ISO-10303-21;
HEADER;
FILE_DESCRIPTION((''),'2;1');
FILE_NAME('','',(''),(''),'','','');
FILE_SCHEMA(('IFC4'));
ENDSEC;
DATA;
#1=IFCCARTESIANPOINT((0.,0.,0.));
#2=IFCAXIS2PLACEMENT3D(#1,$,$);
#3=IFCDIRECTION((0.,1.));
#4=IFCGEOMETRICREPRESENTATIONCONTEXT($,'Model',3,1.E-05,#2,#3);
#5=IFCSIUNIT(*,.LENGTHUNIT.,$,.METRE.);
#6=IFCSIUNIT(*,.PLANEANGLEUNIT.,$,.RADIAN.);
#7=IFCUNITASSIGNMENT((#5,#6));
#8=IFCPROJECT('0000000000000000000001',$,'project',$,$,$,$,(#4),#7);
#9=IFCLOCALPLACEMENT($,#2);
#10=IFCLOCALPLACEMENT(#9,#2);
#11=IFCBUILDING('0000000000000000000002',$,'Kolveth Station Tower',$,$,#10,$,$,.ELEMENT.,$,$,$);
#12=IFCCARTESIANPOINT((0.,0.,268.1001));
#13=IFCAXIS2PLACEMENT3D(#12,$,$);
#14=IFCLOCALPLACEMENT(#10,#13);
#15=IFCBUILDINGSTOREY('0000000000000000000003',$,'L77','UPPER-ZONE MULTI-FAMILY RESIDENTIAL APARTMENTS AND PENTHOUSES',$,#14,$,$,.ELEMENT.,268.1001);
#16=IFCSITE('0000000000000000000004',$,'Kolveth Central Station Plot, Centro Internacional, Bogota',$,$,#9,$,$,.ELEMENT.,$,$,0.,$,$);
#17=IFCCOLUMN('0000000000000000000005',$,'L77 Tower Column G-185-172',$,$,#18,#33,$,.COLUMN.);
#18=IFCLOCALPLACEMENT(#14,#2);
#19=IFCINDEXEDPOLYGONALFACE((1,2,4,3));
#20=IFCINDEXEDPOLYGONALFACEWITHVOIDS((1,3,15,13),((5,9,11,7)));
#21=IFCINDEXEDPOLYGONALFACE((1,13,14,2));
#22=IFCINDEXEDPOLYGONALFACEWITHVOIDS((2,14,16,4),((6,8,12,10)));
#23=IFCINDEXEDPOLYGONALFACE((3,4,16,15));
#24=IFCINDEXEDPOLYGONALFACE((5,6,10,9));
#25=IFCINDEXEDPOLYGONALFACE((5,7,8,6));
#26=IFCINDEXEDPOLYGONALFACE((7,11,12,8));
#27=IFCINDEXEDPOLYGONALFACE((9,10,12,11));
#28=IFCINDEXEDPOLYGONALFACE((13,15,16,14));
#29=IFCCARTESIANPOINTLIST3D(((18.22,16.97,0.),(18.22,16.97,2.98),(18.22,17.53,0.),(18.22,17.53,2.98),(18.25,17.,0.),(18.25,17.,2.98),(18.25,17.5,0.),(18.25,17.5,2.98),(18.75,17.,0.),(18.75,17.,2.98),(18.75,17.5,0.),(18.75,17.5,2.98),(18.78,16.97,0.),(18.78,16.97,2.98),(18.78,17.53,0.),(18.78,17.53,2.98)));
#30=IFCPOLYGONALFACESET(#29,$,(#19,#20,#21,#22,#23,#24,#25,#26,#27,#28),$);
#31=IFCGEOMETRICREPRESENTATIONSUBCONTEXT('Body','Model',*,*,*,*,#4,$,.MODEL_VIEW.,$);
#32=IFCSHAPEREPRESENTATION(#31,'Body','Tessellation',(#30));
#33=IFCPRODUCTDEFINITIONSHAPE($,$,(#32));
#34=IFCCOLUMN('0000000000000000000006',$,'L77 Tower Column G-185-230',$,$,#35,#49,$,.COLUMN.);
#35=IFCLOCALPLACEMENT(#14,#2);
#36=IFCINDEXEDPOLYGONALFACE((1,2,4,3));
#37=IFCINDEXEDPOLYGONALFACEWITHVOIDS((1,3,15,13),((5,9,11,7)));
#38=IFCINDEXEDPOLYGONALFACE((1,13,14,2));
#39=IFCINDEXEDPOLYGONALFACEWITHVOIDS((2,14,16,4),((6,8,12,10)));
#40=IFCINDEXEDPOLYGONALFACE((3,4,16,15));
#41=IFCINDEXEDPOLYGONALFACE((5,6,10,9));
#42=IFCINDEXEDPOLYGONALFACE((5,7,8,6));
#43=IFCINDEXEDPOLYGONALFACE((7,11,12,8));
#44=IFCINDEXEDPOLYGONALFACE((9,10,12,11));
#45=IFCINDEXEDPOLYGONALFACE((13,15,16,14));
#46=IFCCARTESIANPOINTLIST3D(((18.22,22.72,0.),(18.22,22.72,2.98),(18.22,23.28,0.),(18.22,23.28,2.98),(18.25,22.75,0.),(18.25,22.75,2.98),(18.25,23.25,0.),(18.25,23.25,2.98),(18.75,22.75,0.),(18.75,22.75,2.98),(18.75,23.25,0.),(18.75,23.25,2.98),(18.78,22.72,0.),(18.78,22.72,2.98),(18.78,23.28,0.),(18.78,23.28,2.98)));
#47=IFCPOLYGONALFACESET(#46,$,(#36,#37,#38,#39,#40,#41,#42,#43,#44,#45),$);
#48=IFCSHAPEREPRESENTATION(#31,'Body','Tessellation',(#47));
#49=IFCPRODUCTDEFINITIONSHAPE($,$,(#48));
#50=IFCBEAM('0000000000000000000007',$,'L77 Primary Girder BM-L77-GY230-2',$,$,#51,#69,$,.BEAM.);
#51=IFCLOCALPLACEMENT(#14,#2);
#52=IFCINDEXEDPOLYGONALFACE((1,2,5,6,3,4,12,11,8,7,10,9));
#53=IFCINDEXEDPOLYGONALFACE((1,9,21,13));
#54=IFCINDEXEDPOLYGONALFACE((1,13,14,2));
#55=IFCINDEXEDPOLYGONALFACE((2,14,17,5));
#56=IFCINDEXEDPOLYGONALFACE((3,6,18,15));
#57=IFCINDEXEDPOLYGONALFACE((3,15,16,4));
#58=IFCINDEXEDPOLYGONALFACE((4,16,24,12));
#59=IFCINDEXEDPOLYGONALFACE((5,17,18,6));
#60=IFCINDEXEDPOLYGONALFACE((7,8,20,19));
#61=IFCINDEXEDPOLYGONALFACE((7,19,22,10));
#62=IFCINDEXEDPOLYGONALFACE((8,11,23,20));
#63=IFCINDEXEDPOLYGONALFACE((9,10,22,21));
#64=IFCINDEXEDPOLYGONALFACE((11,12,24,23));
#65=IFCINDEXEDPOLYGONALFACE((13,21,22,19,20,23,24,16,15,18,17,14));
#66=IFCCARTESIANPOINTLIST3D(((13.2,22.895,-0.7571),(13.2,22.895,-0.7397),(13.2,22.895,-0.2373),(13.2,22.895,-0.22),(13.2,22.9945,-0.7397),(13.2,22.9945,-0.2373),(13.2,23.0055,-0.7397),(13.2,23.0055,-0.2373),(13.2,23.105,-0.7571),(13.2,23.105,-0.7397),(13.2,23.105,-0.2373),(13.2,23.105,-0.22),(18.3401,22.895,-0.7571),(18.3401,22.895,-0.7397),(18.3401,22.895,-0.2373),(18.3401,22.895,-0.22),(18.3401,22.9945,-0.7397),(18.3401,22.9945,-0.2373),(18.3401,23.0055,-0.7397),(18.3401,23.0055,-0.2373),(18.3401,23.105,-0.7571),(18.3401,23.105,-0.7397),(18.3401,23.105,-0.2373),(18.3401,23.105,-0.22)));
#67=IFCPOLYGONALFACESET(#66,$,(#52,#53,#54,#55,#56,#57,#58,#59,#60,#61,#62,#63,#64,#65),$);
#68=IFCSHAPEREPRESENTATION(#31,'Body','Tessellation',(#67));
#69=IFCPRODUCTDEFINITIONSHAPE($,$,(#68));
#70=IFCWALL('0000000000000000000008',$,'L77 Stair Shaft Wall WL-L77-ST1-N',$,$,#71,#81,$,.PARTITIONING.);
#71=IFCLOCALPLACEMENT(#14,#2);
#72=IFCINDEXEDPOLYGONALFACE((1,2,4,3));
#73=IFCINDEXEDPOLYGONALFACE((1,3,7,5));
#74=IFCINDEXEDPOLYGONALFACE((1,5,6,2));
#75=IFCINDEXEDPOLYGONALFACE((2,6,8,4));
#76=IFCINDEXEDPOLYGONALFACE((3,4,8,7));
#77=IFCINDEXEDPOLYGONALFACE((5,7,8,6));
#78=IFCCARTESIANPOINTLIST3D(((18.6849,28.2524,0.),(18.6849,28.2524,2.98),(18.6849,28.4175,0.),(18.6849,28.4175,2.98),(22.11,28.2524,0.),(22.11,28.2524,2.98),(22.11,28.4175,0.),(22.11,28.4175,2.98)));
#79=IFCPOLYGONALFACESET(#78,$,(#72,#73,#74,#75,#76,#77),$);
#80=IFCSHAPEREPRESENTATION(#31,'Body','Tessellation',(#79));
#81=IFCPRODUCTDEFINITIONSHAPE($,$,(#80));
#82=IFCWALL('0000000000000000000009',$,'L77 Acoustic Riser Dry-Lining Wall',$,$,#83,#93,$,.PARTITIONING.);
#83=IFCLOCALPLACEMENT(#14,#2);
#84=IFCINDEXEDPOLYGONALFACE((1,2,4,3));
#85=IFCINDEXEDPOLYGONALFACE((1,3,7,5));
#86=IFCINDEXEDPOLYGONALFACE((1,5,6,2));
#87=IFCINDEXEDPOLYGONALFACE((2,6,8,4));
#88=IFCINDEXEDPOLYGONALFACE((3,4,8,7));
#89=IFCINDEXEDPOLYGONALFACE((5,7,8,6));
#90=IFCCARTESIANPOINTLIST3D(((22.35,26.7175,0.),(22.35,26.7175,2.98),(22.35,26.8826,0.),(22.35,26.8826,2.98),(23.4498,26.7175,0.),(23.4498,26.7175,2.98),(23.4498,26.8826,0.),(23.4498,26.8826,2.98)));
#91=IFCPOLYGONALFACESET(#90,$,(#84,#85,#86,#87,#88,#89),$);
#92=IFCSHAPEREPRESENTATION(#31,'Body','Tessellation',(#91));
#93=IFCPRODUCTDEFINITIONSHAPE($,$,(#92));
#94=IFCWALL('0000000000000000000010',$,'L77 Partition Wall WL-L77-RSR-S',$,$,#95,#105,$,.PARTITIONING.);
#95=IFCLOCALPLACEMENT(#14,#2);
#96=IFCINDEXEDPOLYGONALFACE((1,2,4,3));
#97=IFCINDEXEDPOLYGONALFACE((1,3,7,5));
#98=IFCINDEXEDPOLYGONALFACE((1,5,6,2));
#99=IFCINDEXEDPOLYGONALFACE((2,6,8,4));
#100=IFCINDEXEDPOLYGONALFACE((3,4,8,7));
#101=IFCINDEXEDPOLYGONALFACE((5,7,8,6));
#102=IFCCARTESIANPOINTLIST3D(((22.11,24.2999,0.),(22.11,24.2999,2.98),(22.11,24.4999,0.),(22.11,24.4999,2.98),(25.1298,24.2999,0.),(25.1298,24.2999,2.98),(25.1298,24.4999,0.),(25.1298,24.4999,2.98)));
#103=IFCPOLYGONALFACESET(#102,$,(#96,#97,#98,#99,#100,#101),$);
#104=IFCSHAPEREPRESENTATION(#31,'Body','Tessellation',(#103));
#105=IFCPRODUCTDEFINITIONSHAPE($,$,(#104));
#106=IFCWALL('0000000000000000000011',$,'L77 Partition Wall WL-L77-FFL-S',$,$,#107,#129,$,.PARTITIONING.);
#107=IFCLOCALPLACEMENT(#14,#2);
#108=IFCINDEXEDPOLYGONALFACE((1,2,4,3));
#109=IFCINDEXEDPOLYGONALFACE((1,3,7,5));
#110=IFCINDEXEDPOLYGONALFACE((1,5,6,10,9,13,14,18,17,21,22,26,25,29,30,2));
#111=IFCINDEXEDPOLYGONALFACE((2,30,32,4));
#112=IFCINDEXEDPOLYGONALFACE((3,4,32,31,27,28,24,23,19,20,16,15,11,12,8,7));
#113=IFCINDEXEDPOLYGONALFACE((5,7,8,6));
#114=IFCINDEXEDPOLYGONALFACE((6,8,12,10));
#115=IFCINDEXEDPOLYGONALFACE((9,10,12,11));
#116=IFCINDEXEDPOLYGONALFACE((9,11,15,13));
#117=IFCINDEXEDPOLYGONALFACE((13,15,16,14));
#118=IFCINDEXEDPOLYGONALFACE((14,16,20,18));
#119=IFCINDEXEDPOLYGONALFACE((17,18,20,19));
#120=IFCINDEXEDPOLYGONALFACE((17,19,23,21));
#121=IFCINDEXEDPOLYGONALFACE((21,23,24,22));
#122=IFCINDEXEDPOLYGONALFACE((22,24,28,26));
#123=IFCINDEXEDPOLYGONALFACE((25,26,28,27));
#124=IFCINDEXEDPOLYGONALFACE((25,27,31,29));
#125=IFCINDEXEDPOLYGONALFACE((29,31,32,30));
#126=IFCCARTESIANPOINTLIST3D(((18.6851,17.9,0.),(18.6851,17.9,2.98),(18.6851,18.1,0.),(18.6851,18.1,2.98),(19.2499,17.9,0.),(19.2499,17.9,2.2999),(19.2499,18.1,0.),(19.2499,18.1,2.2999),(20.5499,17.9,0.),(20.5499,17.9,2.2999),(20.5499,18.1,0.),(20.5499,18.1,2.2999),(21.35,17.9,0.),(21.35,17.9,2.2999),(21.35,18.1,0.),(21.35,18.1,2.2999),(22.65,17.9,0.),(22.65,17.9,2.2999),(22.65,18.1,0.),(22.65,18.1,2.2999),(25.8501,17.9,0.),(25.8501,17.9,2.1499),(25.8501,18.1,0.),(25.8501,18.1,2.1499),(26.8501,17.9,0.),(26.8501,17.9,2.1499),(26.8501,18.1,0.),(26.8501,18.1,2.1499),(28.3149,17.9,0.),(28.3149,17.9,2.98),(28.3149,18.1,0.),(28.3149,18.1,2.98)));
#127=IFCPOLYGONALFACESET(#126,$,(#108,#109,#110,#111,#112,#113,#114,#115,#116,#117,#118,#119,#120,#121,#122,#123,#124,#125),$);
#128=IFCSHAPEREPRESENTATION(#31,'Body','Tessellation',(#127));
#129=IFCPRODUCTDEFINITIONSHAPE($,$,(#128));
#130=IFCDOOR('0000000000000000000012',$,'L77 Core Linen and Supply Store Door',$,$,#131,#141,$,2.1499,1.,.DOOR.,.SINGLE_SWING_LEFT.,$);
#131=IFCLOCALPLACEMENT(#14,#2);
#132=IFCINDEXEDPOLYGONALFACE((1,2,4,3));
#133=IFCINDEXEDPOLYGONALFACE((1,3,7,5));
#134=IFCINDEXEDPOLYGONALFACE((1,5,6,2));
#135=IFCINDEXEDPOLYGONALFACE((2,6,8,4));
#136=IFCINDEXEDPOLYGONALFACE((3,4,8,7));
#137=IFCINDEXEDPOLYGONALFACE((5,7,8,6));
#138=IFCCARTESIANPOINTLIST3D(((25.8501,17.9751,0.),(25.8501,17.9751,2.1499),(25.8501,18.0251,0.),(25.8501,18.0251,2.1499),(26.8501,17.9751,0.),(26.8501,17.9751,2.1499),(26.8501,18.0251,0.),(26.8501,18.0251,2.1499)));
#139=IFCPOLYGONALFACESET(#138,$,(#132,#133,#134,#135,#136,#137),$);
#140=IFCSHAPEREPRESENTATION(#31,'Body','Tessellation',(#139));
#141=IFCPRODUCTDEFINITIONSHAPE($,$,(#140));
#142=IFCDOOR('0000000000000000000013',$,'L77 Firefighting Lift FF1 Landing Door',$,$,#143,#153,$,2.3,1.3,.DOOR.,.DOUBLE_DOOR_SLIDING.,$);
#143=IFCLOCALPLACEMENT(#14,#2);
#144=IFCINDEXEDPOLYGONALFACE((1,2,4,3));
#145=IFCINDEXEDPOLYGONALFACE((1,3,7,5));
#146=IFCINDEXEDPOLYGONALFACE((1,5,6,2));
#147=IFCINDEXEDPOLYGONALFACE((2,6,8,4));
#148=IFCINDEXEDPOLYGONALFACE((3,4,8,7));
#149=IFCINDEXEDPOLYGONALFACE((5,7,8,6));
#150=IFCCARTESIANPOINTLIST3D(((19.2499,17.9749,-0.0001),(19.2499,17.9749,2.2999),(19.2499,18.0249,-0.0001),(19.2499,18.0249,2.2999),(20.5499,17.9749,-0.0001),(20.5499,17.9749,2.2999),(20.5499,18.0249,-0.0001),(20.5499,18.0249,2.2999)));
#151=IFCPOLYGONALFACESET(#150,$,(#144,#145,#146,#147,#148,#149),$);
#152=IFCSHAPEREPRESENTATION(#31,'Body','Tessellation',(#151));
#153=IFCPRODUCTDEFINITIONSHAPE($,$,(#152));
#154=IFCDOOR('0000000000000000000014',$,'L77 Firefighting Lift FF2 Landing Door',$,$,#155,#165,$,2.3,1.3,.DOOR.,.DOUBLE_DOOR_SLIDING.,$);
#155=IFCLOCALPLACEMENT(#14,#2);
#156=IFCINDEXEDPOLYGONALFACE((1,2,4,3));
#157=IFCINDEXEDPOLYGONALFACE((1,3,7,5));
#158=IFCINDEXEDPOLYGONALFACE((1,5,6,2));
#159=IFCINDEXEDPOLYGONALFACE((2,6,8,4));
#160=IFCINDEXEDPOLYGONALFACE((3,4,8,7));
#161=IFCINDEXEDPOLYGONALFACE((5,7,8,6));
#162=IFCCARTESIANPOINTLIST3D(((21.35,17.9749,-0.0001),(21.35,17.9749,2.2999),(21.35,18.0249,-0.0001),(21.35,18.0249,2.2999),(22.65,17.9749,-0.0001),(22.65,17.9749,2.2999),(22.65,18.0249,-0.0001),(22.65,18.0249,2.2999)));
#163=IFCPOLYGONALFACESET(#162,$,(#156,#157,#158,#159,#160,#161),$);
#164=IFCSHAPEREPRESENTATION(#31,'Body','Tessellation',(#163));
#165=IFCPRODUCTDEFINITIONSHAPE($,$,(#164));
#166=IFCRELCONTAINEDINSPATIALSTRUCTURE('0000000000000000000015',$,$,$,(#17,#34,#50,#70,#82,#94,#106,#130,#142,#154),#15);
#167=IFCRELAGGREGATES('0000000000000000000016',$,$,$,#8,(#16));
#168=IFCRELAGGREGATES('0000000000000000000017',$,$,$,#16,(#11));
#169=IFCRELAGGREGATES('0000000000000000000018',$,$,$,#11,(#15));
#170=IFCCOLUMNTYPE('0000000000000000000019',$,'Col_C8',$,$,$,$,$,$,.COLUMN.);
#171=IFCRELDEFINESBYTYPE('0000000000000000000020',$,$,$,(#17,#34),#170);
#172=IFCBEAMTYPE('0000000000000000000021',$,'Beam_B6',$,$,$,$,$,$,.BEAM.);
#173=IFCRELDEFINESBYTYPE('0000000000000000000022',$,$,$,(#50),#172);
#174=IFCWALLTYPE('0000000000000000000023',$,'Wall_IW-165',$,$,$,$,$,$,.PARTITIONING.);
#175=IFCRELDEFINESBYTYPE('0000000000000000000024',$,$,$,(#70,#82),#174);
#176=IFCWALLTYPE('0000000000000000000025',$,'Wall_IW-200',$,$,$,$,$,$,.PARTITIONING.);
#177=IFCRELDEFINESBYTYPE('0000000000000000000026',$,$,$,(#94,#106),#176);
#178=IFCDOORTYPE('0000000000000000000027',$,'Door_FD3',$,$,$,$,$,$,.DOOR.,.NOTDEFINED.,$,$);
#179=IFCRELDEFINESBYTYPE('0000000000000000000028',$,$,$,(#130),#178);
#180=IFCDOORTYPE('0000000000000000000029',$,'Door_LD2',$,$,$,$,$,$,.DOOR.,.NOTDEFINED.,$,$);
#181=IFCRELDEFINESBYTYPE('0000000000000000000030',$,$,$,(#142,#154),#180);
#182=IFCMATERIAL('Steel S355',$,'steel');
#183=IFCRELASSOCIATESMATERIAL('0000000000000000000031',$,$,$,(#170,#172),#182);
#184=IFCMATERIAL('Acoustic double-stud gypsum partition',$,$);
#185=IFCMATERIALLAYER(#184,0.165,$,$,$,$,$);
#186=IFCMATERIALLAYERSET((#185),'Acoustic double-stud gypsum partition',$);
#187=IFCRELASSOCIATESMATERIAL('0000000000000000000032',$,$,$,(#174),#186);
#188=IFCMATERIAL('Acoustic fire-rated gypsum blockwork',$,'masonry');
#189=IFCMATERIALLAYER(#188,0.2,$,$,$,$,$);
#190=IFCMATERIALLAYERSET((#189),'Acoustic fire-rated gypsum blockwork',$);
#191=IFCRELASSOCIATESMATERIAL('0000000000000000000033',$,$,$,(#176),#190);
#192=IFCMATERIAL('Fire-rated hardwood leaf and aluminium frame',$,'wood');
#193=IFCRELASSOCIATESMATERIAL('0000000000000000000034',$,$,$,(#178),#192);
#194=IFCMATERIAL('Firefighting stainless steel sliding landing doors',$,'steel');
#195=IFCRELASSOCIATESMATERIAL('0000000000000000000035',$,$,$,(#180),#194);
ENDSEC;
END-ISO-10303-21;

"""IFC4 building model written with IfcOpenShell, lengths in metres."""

from ifc_helpers import new_model, si_unit, direction, frame, frame_2d, origin, origin_2d, place, context, subcontext, project, spatial, rectangle, hollow_rectangle, i_section, extrude, source, transform, mapped, material, layer, layer_set, material_profile, profile_set, type_object, element, fill, save


model = new_model("IFC4")

# Units and contexts
model_context = context("Model", 3, precision=1e-05, world=origin(), true_north=direction((0.0, 1.0)))
body_context = subcontext(model_context, "Body", "Model", "MODEL_VIEW")
ifc_project = project(units=[si_unit("LENGTHUNIT", "METRE"), si_unit("PLANEANGLEUNIT", "RADIAN")], contexts=[model_context])

# Site, building, storey
site_placement = place(None, origin())
site = spatial("IfcSite", under=ifc_project, at=site_placement, Name="Kolveth Central Station Plot, Centro Internacional, Bogota", CompositionType="ELEMENT", RefElevation=0.0)
building_placement = place(site_placement, origin())
building = spatial("IfcBuilding", under=site, at=building_placement, Name="Kolveth Station Tower", CompositionType="ELEMENT")
storey_placement = place(building_placement, frame((0.0, 0.0, 268.1001)))
storey = spatial("IfcBuildingStorey", under=building, at=storey_placement, Name="L77", Description="UPPER-ZONE MULTI-FAMILY RESIDENTIAL APARTMENTS AND PENTHOUSES", CompositionType="ELEMENT", Elevation=268.1001)

# Columns
ifc_material_1 = material(Name="Steel S355", Category="steel")
ifc_material_profile_1 = material_profile(ifc_material_1, hollow_rectangle(XDim=0.5601, YDim=0.5601, WallThickness=0.03, at=origin_2d()), Name="BOX560x560x30")
ifc_profile_set_1 = profile_set([ifc_material_profile_1], Name="Steel S355")
column_type = type_object("IfcColumnType", Name="Col_C8", PredefinedType="COLUMN", material=ifc_profile_set_1)
shared_shape_1 = source(origin(), body_context, "Body", "SweptSolid", [
    extrude(hollow_rectangle(XDim=0.5601, YDim=0.5601, WallThickness=0.03, at=origin_2d()), origin(), (0.0, 0.0, 1.0), 2.98),
])
for number, where, z_axis, x_axis, name in (
    (1, (18.5, 17.25, 0.0), (0.0, 0.0, 1.0), (1.0, 0.0, 0.0), "L77 Tower Column G-185-172"),
    (2, (18.5, 23.0, 0.0), (0.0, 0.0, 1.0), (1.0, 0.0, 0.0), "L77 Tower Column G-185-230"),
):
    element("IfcColumn", number, at=place(storey_placement, frame(where, z_axis=z_axis, x_axis=x_axis)), inside=storey, type_object=column_type, Name=name, PredefinedType="COLUMN", context=body_context, shape_type="MappedRepresentation", body=[
        mapped(shared_shape_1, transform((0.0, 0.0, 0.0), x_axis=(1.0, 0.0, 0.0), y_axis=(0.0, 1.0, 0.0), z_axis=(0.0, 0.0, 1.0), scale=1.0)),
    ])

# Beam
ifc_material_profile_2 = material_profile(ifc_material_1, i_section(OverallWidth=0.21, OverallDepth=0.5371, WebThickness=0.011, FlangeThickness=0.0173, at=origin_2d()), Name="W530x101")
ifc_profile_set_2 = profile_set([ifc_material_profile_2], Name="Steel S355")
beam_type = type_object("IfcBeamType", Name="Beam_B6", PredefinedType="BEAM", material=ifc_profile_set_2)
shared_shape_2 = source(origin(), body_context, "Body", "SweptSolid", [
    extrude(i_section(OverallWidth=0.21, OverallDepth=0.5371, WebThickness=0.011, FlangeThickness=0.0173, at=origin_2d()), origin(), (0.0, 0.0, 1.0), 5.1401),
])
beam_placement = place(storey_placement, frame((13.2, 23.0, -0.4885), z_axis=(1.0, 0.0, 0.0), x_axis=(0.0, 1.0, 0.0)))
element("IfcBeam", 3, at=beam_placement, inside=storey, type_object=beam_type, Name="L77 Primary Girder BM-L77-GY230-2", PredefinedType="BEAM", context=body_context, shape_type="MappedRepresentation", body=[
    mapped(shared_shape_2, transform((0.0, 0.0, 0.0), x_axis=(1.0, 0.0, 0.0), y_axis=(0.0, 1.0, 0.0), z_axis=(0.0, 0.0, 1.0), scale=1.0)),
])

# Walls
ifc_material_2 = material(Name="Acoustic double-stud gypsum partition")
ifc_layer_1 = layer(ifc_material_2, 0.165)
ifc_layer_set_1 = layer_set([ifc_layer_1], Name="Acoustic double-stud gypsum partition")
wall_type_1 = type_object("IfcWallType", Name="Wall_IW-165", PredefinedType="PARTITIONING", material=ifc_layer_set_1)
wall_1_placement = place(storey_placement, frame((18.6851, 28.335, 0.0), z_axis=(0.0, 0.0, 1.0), x_axis=(1.0, 0.0, 0.0)))
element("IfcWall", 4, at=wall_1_placement, inside=storey, type_object=wall_type_1, Name="L77 Stair Shaft Wall WL-L77-ST1-N", PredefinedType="PARTITIONING", context=body_context, shape_type="SweptSolid", body=[
    extrude(rectangle(XDim=3.425, YDim=0.165, at=frame_2d((1.7124, 0.0))), origin(), (0.0, 0.0, 1.0), 2.98),
])
wall_2_placement = place(storey_placement, frame((22.3501, 26.8, 0.0), z_axis=(0.0, 0.0, 1.0), x_axis=(1.0, 0.0, 0.0)))
element("IfcWall", 5, at=wall_2_placement, inside=storey, type_object=wall_type_1, Name="L77 Acoustic Riser Dry-Lining Wall", PredefinedType="PARTITIONING", context=body_context, shape_type="SweptSolid", body=[
    extrude(rectangle(XDim=1.0999, YDim=0.165, at=frame_2d((0.5498, 0.0))), origin(), (0.0, 0.0, 1.0), 2.98),
])
ifc_material_3 = material(Name="Acoustic fire-rated gypsum blockwork", Category="masonry")
ifc_layer_2 = layer(ifc_material_3, 0.2)
ifc_layer_set_2 = layer_set([ifc_layer_2], Name="Acoustic fire-rated gypsum blockwork")
wall_type_2 = type_object("IfcWallType", Name="Wall_IW-200", PredefinedType="PARTITIONING", material=ifc_layer_set_2)
wall_3_placement = place(storey_placement, frame((22.1101, 24.3999, 0.0), z_axis=(0.0, 0.0, 1.0), x_axis=(1.0, 0.0, 0.0)))
element("IfcWall", 6, at=wall_3_placement, inside=storey, type_object=wall_type_2, Name="L77 Partition Wall WL-L77-RSR-S", PredefinedType="PARTITIONING", context=body_context, shape_type="SweptSolid", body=[
    extrude(rectangle(XDim=3.0198, YDim=0.2, at=frame_2d((1.5098, 0.0))), origin(), (0.0, 0.0, 1.0), 2.98),
])

# Wall, openings, doors
wall_4_placement = place(storey_placement, frame((18.6851, 18.0, 0.0), z_axis=(0.0, 0.0, 1.0), x_axis=(1.0, 0.0, 0.0)))
wall_4 = element("IfcWall", 7, at=wall_4_placement, inside=storey, type_object=wall_type_2, Name="L77 Partition Wall WL-L77-FFL-S", PredefinedType="PARTITIONING", context=body_context, shape_type="SweptSolid", body=[
    extrude(rectangle(XDim=9.6299, YDim=0.2, at=frame_2d((4.8149, 0.0))), origin(), (0.0, 0.0, 1.0), 2.98),
])
opening_1_placement = place(wall_4_placement, frame((0.5649, 0.0, 0.0)))
opening_1 = element("IfcOpeningElement", 8, at=opening_1_placement, cuts=wall_4, PredefinedType="OPENING", context=body_context, shape_type="SweptSolid", body=[
    extrude(rectangle(XDim=1.3, YDim=2.3, at=frame_2d((0.6499, 1.1499))), frame((0.0, 0.1099, 0.0), z_axis=(0.0, -1.0, 0.0), x_axis=(1.0, 0.0, 0.0)), (0.0, 0.0, 1.0), 0.22),
])
opening_2_placement = place(wall_4_placement, frame((2.665, 0.0, 0.0)))
opening_2 = element("IfcOpeningElement", 9, at=opening_2_placement, cuts=wall_4, PredefinedType="OPENING", context=body_context, shape_type="SweptSolid", body=[
    extrude(rectangle(XDim=1.3, YDim=2.3, at=frame_2d((0.6499, 1.1499))), frame((0.0, 0.1099, 0.0), z_axis=(0.0, -1.0, 0.0), x_axis=(1.0, 0.0, 0.0)), (0.0, 0.0, 1.0), 0.22),
])
opening_3_placement = place(wall_4_placement, frame((7.165, 0.0, 0.0)))
opening_3 = element("IfcOpeningElement", 10, at=opening_3_placement, cuts=wall_4, PredefinedType="OPENING", context=body_context, shape_type="SweptSolid", body=[
    extrude(rectangle(XDim=1.0, YDim=2.1499, at=frame_2d((0.5, 1.075))), frame((0.0, 0.1099, 0.0), z_axis=(0.0, -1.0, 0.0), x_axis=(1.0, 0.0, 0.0)), (0.0, 0.0, 1.0), 0.22),
])
ifc_material_4 = material(Name="Fire-rated hardwood leaf and aluminium frame", Category="wood")
door_type_1 = type_object("IfcDoorType", Name="Door_FD3", OperationType="NOTDEFINED", PredefinedType="DOOR", material=ifc_material_4)
door_1_placement = place(opening_3_placement, frame((1.0, 0.0, 0.0), z_axis=(0.0, 0.0, 1.0), x_axis=(-1.0, 0.0, 0.0)))
door_1 = element("IfcDoor", 11, at=door_1_placement, inside=storey, type_object=door_type_1, Name="L77 Core Linen and Supply Store Door", OperationType="SINGLE_SWING_LEFT", OverallHeight=2.1499, OverallWidth=1.0, PredefinedType="DOOR", context=body_context, shape_type="SweptSolid", body=[
    extrude(rectangle(XDim=1.0, YDim=2.1499, at=frame_2d((0.5, 1.075))), frame((0.0, 0.0249, 0.0), z_axis=(0.0, -1.0, 0.0), x_axis=(1.0, 0.0, 0.0)), (0.0, 0.0, 1.0), 0.05),
])
fill(opening_3, door_1)
ifc_material_5 = material(Name="Firefighting stainless steel sliding landing doors", Category="steel")
door_type_2 = type_object("IfcDoorType", Name="Door_LD2", OperationType="NOTDEFINED", PredefinedType="DOOR", material=ifc_material_5)
door_2_placement = place(opening_1_placement, origin())
door_2 = element("IfcDoor", 12, at=door_2_placement, inside=storey, type_object=door_type_2, Name="L77 Firefighting Lift FF1 Landing Door", OperationType="DOUBLE_DOOR_SLIDING", OverallHeight=2.3, OverallWidth=1.3, PredefinedType="DOOR", context=body_context, shape_type="SweptSolid", body=[
    extrude(rectangle(XDim=1.3, YDim=2.3, at=frame_2d((0.6499, 1.1499))), frame((0.0, 0.0249, 0.0), z_axis=(0.0, -1.0, 0.0), x_axis=(1.0, 0.0, 0.0)), (0.0, 0.0, 1.0), 0.05),
])
fill(opening_1, door_2)
door_3_placement = place(opening_2_placement, origin())
door_3 = element("IfcDoor", 13, at=door_3_placement, inside=storey, type_object=door_type_2, Name="L77 Firefighting Lift FF2 Landing Door", OperationType="DOUBLE_DOOR_SLIDING", OverallHeight=2.3, OverallWidth=1.3, PredefinedType="DOOR", context=body_context, shape_type="SweptSolid", body=[
    extrude(rectangle(XDim=1.3, YDim=2.3, at=frame_2d((0.6499, 1.1499))), frame((0.0, 0.0249, 0.0), z_axis=(0.0, -1.0, 0.0), x_axis=(1.0, 0.0, 0.0)), (0.0, 0.0, 1.0), 0.05),
])
fill(opening_2, door_3)

save(model, "model.ifc")
